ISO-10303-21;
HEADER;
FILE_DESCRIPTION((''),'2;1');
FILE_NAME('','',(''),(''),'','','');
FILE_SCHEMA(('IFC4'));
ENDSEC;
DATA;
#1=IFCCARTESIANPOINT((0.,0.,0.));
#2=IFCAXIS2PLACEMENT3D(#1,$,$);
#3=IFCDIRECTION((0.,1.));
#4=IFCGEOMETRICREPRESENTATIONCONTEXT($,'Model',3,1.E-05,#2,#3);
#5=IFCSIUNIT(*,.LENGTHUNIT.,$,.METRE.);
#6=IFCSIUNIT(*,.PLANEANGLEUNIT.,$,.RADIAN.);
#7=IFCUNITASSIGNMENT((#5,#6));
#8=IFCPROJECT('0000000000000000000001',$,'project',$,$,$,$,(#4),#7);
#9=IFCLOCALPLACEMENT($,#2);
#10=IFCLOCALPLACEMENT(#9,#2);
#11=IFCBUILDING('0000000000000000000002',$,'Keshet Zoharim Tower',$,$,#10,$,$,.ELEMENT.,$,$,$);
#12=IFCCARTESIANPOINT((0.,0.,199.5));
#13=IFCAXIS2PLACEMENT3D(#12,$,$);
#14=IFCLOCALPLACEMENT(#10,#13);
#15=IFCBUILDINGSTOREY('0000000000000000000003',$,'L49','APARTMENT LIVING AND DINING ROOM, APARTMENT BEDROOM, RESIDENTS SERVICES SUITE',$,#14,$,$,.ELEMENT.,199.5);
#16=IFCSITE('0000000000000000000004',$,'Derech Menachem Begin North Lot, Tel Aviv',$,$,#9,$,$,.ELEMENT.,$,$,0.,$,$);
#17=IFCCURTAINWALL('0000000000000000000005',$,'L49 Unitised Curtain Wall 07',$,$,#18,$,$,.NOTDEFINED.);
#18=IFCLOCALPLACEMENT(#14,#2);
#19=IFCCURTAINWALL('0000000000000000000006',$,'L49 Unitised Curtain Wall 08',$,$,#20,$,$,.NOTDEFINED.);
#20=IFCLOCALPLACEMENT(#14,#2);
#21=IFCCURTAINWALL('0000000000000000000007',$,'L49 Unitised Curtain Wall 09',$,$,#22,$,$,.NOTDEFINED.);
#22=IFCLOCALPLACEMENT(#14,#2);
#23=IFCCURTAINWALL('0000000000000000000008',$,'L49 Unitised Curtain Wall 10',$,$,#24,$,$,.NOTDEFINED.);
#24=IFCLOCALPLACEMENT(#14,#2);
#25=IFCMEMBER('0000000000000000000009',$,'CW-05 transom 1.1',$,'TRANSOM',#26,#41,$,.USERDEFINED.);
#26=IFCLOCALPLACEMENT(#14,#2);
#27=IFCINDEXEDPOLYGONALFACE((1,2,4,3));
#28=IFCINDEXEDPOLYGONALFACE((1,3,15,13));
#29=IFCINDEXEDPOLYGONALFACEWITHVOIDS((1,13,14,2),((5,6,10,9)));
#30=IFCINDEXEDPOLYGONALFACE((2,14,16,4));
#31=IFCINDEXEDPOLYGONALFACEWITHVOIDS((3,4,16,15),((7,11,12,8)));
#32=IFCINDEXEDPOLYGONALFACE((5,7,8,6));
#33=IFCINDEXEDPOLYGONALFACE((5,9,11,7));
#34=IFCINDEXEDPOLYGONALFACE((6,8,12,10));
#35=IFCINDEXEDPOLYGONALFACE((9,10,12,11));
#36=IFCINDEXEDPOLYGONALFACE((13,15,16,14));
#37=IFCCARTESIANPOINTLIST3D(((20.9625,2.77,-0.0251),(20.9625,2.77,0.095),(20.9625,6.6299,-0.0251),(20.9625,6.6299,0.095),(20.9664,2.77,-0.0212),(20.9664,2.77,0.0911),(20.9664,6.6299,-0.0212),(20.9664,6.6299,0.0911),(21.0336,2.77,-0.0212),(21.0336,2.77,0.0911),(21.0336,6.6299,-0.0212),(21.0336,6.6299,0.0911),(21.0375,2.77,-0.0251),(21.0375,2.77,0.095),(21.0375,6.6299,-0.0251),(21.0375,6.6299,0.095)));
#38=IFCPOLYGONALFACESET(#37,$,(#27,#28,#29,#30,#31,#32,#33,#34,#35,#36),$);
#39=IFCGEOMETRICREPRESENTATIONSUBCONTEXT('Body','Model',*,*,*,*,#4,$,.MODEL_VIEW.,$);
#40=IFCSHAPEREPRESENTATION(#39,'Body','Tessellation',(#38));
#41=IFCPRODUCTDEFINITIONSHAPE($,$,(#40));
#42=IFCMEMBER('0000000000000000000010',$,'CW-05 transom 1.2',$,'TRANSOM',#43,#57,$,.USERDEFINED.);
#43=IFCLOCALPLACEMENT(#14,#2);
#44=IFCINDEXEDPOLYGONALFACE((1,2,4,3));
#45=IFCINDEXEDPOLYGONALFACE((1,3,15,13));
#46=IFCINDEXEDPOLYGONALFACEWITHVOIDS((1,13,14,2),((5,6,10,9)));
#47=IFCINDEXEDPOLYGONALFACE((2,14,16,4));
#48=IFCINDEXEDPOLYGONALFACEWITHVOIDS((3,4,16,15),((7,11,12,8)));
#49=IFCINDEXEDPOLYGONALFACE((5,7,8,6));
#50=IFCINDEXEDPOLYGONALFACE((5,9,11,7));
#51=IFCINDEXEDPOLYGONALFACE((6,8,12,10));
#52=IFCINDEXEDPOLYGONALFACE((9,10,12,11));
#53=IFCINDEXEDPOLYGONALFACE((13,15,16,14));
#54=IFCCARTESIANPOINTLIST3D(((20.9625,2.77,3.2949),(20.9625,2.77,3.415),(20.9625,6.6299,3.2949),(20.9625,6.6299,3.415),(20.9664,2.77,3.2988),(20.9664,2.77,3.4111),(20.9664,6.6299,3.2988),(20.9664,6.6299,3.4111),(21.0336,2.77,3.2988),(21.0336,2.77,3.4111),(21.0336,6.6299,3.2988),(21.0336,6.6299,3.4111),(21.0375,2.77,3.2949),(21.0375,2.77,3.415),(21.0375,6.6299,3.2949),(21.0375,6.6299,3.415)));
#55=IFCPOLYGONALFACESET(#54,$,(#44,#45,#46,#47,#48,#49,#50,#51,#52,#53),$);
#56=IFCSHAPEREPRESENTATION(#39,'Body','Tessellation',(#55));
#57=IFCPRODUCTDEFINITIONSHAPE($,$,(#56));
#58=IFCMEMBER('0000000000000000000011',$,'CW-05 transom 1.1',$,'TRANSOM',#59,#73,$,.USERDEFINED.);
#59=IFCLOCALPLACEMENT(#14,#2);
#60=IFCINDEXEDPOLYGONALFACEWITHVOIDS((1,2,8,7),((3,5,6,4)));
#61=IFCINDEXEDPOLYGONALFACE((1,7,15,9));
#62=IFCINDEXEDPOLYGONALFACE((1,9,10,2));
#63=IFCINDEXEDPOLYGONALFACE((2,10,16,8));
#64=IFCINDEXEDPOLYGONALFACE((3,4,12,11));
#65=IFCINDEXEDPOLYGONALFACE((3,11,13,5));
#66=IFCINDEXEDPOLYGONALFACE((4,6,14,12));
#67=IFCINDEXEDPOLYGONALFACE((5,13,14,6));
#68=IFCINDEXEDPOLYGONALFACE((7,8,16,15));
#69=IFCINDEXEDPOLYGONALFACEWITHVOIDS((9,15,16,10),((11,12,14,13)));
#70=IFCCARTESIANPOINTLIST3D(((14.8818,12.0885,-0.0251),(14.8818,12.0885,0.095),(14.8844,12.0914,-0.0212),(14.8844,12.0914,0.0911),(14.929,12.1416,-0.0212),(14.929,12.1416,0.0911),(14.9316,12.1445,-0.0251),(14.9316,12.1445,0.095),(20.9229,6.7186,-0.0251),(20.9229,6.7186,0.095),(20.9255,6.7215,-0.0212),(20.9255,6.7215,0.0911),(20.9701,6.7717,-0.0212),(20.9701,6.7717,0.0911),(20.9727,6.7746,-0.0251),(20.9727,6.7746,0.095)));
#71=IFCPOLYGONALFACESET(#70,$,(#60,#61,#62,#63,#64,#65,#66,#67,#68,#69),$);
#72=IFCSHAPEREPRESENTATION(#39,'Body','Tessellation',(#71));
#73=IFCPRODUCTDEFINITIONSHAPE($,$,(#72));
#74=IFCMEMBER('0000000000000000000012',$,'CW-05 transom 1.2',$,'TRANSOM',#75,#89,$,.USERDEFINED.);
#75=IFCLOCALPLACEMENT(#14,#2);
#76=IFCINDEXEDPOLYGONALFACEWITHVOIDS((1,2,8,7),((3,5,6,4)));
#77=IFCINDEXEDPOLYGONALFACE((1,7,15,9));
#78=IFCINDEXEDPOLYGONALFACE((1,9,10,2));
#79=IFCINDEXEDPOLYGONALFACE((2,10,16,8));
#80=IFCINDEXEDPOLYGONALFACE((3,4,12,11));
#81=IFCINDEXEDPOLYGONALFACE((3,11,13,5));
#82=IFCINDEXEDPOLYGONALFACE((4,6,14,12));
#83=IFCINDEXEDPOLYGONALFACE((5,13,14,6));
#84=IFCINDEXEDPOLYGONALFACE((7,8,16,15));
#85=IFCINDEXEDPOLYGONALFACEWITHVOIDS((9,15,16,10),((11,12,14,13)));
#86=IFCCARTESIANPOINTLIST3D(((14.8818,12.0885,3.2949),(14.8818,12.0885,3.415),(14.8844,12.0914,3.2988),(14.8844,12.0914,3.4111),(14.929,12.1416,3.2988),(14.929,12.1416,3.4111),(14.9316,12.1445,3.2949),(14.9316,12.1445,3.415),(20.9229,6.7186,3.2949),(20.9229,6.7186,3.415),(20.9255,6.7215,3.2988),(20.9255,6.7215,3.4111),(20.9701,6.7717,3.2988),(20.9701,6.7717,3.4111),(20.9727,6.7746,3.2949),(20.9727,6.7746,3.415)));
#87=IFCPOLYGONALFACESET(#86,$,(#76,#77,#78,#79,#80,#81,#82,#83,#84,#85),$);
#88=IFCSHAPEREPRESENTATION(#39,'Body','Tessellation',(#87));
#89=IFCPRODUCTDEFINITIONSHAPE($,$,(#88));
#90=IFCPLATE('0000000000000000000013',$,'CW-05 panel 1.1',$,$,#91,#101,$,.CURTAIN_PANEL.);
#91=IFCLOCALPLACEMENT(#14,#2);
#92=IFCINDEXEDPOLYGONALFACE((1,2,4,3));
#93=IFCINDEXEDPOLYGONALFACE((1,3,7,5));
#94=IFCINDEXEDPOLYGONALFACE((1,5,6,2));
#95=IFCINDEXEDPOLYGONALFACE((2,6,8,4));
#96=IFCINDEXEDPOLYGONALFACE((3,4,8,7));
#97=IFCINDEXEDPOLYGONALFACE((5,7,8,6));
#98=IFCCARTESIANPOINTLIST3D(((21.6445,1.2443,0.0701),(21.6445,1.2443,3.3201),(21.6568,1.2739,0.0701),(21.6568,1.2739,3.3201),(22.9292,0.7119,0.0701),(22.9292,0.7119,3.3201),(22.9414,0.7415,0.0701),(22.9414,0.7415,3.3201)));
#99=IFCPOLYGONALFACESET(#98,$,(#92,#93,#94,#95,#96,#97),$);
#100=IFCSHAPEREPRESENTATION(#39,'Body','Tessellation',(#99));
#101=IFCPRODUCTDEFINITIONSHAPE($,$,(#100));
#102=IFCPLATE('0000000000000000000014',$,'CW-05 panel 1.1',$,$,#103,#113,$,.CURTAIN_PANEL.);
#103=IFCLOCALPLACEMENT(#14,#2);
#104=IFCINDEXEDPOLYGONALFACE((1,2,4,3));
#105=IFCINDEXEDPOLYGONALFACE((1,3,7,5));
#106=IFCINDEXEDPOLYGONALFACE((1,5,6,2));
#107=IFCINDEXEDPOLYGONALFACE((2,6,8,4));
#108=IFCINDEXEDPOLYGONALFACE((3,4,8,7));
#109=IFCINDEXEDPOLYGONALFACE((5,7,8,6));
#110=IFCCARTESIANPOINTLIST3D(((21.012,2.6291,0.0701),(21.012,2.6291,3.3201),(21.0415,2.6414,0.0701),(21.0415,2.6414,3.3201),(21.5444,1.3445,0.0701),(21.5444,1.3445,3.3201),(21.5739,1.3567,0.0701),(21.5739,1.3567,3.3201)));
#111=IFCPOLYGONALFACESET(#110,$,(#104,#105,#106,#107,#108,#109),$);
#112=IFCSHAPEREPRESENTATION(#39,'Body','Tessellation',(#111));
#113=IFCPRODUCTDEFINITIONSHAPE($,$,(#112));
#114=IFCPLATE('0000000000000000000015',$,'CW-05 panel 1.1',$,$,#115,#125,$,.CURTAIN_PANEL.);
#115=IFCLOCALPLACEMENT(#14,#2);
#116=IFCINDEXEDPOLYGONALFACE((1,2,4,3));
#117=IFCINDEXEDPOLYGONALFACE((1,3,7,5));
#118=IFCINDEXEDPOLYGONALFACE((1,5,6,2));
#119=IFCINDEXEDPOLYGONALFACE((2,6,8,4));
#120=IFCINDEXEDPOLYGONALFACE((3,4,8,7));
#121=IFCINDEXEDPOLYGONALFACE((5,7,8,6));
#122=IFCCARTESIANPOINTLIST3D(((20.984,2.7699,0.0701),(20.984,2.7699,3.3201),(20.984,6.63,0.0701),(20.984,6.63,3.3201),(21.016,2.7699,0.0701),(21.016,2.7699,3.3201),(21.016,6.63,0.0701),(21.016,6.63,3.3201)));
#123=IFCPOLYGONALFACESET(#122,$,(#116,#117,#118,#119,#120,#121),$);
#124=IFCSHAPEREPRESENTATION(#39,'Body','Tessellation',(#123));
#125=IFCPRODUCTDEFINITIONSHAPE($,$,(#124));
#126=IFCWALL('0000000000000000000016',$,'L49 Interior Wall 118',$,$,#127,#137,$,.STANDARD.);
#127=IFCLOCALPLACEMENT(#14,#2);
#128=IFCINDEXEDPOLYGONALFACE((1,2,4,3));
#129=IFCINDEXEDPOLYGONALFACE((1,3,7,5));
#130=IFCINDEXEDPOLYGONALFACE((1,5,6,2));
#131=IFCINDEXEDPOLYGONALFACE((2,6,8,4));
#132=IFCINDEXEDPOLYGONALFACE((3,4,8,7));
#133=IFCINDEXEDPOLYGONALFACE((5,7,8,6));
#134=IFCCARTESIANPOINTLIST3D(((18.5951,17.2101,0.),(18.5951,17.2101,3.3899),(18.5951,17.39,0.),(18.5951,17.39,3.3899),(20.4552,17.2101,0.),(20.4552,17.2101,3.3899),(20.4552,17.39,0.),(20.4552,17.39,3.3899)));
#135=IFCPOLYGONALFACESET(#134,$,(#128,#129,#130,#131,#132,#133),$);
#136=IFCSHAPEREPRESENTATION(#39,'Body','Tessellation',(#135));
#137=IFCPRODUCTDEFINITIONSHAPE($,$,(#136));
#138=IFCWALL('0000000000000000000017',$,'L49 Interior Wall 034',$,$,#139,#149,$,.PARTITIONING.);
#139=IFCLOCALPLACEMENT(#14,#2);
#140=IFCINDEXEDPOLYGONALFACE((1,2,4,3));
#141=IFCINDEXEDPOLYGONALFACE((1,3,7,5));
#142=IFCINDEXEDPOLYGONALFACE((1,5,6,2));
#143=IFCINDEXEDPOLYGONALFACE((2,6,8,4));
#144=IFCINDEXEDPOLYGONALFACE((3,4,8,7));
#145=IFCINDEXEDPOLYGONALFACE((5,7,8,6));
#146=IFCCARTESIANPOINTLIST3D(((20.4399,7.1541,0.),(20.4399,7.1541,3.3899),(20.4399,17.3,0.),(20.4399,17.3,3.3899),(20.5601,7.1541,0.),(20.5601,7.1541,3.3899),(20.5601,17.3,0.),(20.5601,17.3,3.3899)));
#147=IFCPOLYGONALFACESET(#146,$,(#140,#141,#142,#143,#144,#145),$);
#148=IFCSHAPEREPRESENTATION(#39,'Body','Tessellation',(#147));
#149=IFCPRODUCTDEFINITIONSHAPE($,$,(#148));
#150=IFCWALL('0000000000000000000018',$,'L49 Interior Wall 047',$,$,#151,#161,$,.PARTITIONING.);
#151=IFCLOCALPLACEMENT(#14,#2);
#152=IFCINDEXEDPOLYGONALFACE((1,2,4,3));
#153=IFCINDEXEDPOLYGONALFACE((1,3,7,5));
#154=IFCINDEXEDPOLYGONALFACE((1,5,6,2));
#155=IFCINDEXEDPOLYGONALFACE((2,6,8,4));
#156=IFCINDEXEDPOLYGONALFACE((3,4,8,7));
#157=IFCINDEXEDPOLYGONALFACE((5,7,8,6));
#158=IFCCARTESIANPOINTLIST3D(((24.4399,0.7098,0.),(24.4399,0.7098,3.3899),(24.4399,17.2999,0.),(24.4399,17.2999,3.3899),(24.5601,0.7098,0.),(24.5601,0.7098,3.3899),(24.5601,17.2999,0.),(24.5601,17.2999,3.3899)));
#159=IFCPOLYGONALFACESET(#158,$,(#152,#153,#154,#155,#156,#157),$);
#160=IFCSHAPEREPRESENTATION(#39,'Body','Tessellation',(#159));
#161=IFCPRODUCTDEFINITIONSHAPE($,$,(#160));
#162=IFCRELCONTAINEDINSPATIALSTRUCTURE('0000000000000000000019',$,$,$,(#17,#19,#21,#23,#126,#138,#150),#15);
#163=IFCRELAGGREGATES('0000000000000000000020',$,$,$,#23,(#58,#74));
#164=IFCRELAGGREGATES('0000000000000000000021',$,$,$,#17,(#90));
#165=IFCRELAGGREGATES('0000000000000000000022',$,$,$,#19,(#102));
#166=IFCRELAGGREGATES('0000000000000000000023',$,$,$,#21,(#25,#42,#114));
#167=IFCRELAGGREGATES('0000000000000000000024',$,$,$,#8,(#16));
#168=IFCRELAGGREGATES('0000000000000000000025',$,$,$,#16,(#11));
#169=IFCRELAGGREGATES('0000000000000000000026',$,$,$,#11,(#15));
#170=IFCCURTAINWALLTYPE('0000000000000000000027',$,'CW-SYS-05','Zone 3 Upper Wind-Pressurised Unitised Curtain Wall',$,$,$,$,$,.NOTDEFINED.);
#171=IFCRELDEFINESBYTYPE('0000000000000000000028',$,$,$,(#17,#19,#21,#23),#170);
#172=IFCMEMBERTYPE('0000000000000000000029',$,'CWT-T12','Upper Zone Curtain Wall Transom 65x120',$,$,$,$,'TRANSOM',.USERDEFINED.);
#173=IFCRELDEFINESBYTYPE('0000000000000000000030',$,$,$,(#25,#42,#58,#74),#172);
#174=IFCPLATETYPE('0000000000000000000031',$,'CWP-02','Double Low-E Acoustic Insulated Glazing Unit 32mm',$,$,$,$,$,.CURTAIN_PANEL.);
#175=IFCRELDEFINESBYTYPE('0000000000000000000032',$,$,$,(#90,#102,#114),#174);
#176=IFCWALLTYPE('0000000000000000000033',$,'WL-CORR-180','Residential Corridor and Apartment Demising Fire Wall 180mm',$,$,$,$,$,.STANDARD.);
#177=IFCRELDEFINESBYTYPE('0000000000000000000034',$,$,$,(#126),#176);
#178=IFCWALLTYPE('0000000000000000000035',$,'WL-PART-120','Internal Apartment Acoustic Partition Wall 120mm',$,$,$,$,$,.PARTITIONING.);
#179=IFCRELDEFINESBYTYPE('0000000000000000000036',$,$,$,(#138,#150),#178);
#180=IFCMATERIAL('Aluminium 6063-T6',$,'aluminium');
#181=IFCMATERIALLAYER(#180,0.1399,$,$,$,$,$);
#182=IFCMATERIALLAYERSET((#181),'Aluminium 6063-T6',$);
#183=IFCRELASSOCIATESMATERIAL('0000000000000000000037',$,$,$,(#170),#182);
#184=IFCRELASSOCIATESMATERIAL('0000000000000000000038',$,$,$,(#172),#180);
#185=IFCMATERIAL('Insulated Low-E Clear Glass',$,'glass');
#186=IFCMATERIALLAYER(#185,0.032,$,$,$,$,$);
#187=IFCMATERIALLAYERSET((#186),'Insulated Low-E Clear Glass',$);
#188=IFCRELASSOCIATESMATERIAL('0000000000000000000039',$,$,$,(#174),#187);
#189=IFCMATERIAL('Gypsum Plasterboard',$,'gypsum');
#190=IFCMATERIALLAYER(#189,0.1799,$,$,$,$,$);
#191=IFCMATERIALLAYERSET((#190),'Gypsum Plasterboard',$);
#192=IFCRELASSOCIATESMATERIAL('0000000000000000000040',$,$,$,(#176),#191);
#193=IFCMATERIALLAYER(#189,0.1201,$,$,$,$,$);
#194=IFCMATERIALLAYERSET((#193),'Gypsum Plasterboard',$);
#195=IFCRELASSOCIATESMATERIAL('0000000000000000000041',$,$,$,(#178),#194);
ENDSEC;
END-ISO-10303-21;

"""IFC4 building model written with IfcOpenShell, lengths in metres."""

from ifc_helpers import new_model, si_unit, direction, frame, frame_2d, origin, origin_2d, place, context, subcontext, project, spatial, rectangle, hollow_rectangle, extrude, material, layer, layer_set, material_profile, profile_set, type_object, element, aggregate, save


model = new_model("IFC4")

# Units and contexts
model_context = context("Model", 3, precision=1e-05, world=origin(), true_north=direction((0.0, 1.0)))
body_context = subcontext(model_context, "Body", "Model", "MODEL_VIEW")
ifc_project = project(units=[si_unit("LENGTHUNIT", "METRE"), si_unit("PLANEANGLEUNIT", "RADIAN")], contexts=[model_context])

# Site, building, storey
site_placement = place(None, origin())
site = spatial("IfcSite", under=ifc_project, at=site_placement, Name="Derech Menachem Begin North Lot, Tel Aviv", CompositionType="ELEMENT", RefElevation=0.0)
building_placement = place(site_placement, origin())
building = spatial("IfcBuilding", under=site, at=building_placement, Name="Keshet Zoharim Tower", CompositionType="ELEMENT")
storey_placement = place(building_placement, frame((0.0, 0.0, 199.5)))
storey = spatial("IfcBuildingStorey", under=building, at=storey_placement, Name="L49", Description="APARTMENT LIVING AND DINING ROOM, APARTMENT BEDROOM, RESIDENTS SERVICES SUITE", CompositionType="ELEMENT", Elevation=199.5)

# Shared definitions
ifc_material_1 = material(Name="Aluminium 6063-T6", Category="aluminium")
ifc_layer_1 = layer(ifc_material_1, 0.1399)
ifc_layer_set_1 = layer_set([ifc_layer_1], Name="Aluminium 6063-T6")
curtain_wall_type = type_object("IfcCurtainWallType", Name="CW-SYS-05", Description="Zone 3 Upper Wind-Pressurised Unitised Curtain Wall", PredefinedType="NOTDEFINED", material=ifc_layer_set_1)

# Curtain walls
curtain_wall_1_placement = place(storey_placement, origin())
curtain_wall_1 = element("IfcCurtainWall", 1, at=curtain_wall_1_placement, inside=storey, type_object=curtain_wall_type, Name="L49 Unitised Curtain Wall 07", PredefinedType="NOTDEFINED")
curtain_wall_2_placement = place(storey_placement, origin())
curtain_wall_2 = element("IfcCurtainWall", 2, at=curtain_wall_2_placement, inside=storey, type_object=curtain_wall_type, Name="L49 Unitised Curtain Wall 08", PredefinedType="NOTDEFINED")
curtain_wall_3_placement = place(storey_placement, origin())
curtain_wall_3 = element("IfcCurtainWall", 3, at=curtain_wall_3_placement, inside=storey, type_object=curtain_wall_type, Name="L49 Unitised Curtain Wall 09", PredefinedType="NOTDEFINED")

# Curtain wall
curtain_wall_4_placement = place(storey_placement, origin())
curtain_wall_4 = element("IfcCurtainWall", 4, at=curtain_wall_4_placement, inside=storey, type_object=curtain_wall_type, Name="L49 Unitised Curtain Wall 10", PredefinedType="NOTDEFINED")

# Members
ifc_material_profile_1 = material_profile(ifc_material_1, hollow_rectangle(XDim=0.075, YDim=0.1201, WallThickness=0.0039, at=origin_2d()), Name="TRN-75x120")
ifc_profile_set_1 = profile_set([ifc_material_profile_1], Name="Aluminium 6063-T6")
member_type_1 = type_object("IfcMemberType", Name="CWT-T12", Description="Upper Zone Curtain Wall Transom 65x120", ElementType="TRANSOM", PredefinedType="USERDEFINED", material=ifc_profile_set_1)
member_1_placement = place(storey_placement, frame((21.0, 2.77, 0.0349), z_axis=(0.0, 1.0, 0.0), x_axis=(-1.0, 0.0, 0.0)))
member_1 = element("IfcMember", 5, at=member_1_placement, type_object=member_type_1, Name="CW-05 transom 1.1", ObjectType="TRANSOM", PredefinedType="USERDEFINED", context=body_context, shape_type="SweptSolid", body=[
    extrude(hollow_rectangle(XDim=0.075, YDim=0.1201, WallThickness=0.0039, at=origin_2d()), origin(), (0.0, 0.0, 1.0), 3.8599),
])
member_2_placement = place(storey_placement, frame((21.0, 2.77, 3.355), z_axis=(0.0, 1.0, 0.0), x_axis=(-1.0, 0.0, 0.0)))
member_2 = element("IfcMember", 6, at=member_2_placement, type_object=member_type_1, Name="CW-05 transom 1.2", ObjectType="TRANSOM", PredefinedType="USERDEFINED", context=body_context, shape_type="SweptSolid", body=[
    extrude(hollow_rectangle(XDim=0.075, YDim=0.1201, WallThickness=0.0039, at=origin_2d()), origin(), (0.0, 0.0, 1.0), 3.8599),
])
member_3_placement = place(storey_placement, frame((20.9478, 6.7466, 0.0349), z_axis=(-0.747404, 0.664369, 0.0), x_axis=(-0.664369, -0.747404, 0.0)))
member_3 = element("IfcMember", 7, at=member_3_placement, type_object=member_type_1, Name="CW-05 transom 1.1", ObjectType="TRANSOM", PredefinedType="USERDEFINED", context=body_context, shape_type="SweptSolid", body=[
    extrude(hollow_rectangle(XDim=0.075, YDim=0.1201, WallThickness=0.0039, at=origin_2d()), origin(), (0.0, 0.0, 1.0), 8.0828),
])
member_4_placement = place(storey_placement, frame((20.9478, 6.7466, 3.355), z_axis=(-0.747404, 0.664369, 0.0), x_axis=(-0.664369, -0.747404, 0.0)))
member_4 = element("IfcMember", 8, at=member_4_placement, type_object=member_type_1, Name="CW-05 transom 1.2", ObjectType="TRANSOM", PredefinedType="USERDEFINED", context=body_context, shape_type="SweptSolid", body=[
    extrude(hollow_rectangle(XDim=0.075, YDim=0.1201, WallThickness=0.0039, at=origin_2d()), origin(), (0.0, 0.0, 1.0), 8.0828),
])
aggregate(curtain_wall_4, [member_3, member_4])

# Plates
ifc_material_2 = material(Name="Insulated Low-E Clear Glass", Category="glass")
ifc_layer_2 = layer(ifc_material_2, 0.032)
ifc_layer_set_2 = layer_set([ifc_layer_2], Name="Insulated Low-E Clear Glass")
plate_type = type_object("IfcPlateType", Name="CWP-02", Description="Double Low-E Acoustic Insulated Glazing Unit 32mm", PredefinedType="CURTAIN_PANEL", material=ifc_layer_set_2)
plate_1_placement = place(storey_placement, frame((22.293, 0.9929, 0.0701), z_axis=(0.0, 0.0, 1.0), x_axis=(-0.92381, 0.382852, 0.0)))
plate_1 = element("IfcPlate", 9, at=plate_1_placement, type_object=plate_type, Name="CW-05 panel 1.1", PredefinedType="CURTAIN_PANEL", context=body_context, shape_type="SweptSolid", body=[
    extrude(rectangle(XDim=1.3906, YDim=0.032, at=origin_2d()), origin(), (0.0, 0.0, 1.0), 3.25),
])
aggregate(curtain_wall_1, [plate_1])
plate_2_placement = place(storey_placement, frame((21.293, 1.9929, 0.0701), z_axis=(0.0, 0.0, 1.0), x_axis=(-0.382852, 0.92381, 0.0)))
plate_2 = element("IfcPlate", 10, at=plate_2_placement, type_object=plate_type, Name="CW-05 panel 1.1", PredefinedType="CURTAIN_PANEL", context=body_context, shape_type="SweptSolid", body=[
    extrude(rectangle(XDim=1.3906, YDim=0.032, at=origin_2d()), origin(), (0.0, 0.0, 1.0), 3.25),
])
aggregate(curtain_wall_2, [plate_2])
plate_3_placement = place(storey_placement, frame((21.0, 4.7, 0.0701), z_axis=(0.0, 0.0, 1.0), x_axis=(0.0, 1.0, 0.0)))
plate_3 = element("IfcPlate", 11, at=plate_3_placement, type_object=plate_type, Name="CW-05 panel 1.1", PredefinedType="CURTAIN_PANEL", context=body_context, shape_type="SweptSolid", body=[
    extrude(rectangle(XDim=3.8601, YDim=0.032, at=origin_2d()), origin(), (0.0, 0.0, 1.0), 3.25),
])
aggregate(curtain_wall_3, [member_1, member_2, plate_3])

# Shared definitions
ifc_material_3 = material(Name="Gypsum Plasterboard", Category="gypsum")

# Walls
ifc_layer_3 = layer(ifc_material_3, 0.1799)
ifc_layer_set_3 = layer_set([ifc_layer_3], Name="Gypsum Plasterboard")
wall_type_1 = type_object("IfcWallType", Name="WL-CORR-180", Description="Residential Corridor and Apartment Demising Fire Wall 180mm", PredefinedType="STANDARD", material=ifc_layer_set_3)
wall_1_placement = place(storey_placement, frame((18.595, 17.3, 0.0), z_axis=(0.0, 0.0, 1.0), x_axis=(1.0, 0.0, 0.0)))
element("IfcWall", 12, at=wall_1_placement, inside=storey, type_object=wall_type_1, Name="L49 Interior Wall 118", PredefinedType="STANDARD", context=body_context, shape_type="SweptSolid", body=[
    extrude(rectangle(XDim=1.8601, YDim=0.1799, at=frame_2d((0.9302, 0.0))), origin(), (0.0, 0.0, 1.0), 3.3899),
])
ifc_layer_4 = layer(ifc_material_3, 0.1201)
ifc_layer_set_4 = layer_set([ifc_layer_4], Name="Gypsum Plasterboard")
wall_type_2 = type_object("IfcWallType", Name="WL-PART-120", Description="Internal Apartment Acoustic Partition Wall 120mm", PredefinedType="PARTITIONING", material=ifc_layer_set_4)
wall_2_placement = place(storey_placement, frame((20.5, 7.1541, 0.0), z_axis=(0.0, 0.0, 1.0), x_axis=(0.0, 1.0, 0.0)))
element("IfcWall", 13, at=wall_2_placement, inside=storey, type_object=wall_type_2, Name="L49 Interior Wall 034", PredefinedType="PARTITIONING", context=body_context, shape_type="SweptSolid", body=[
    extrude(rectangle(XDim=10.146, YDim=0.1201, at=frame_2d((5.073, 0.0))), origin(), (0.0, 0.0, 1.0), 3.3899),
])
wall_3_placement = place(storey_placement, frame((24.5, 0.71, 0.0), z_axis=(0.0, 0.0, 1.0), x_axis=(0.0, 1.0, 0.0)))
element("IfcWall", 14, at=wall_3_placement, inside=storey, type_object=wall_type_2, Name="L49 Interior Wall 047", PredefinedType="PARTITIONING", context=body_context, shape_type="SweptSolid", body=[
    extrude(rectangle(XDim=16.5901, YDim=0.1201, at=frame_2d((8.2949, 0.0))), origin(), (0.0, 0.0, 1.0), 3.3899),
])

save(model, "model.ifc")
